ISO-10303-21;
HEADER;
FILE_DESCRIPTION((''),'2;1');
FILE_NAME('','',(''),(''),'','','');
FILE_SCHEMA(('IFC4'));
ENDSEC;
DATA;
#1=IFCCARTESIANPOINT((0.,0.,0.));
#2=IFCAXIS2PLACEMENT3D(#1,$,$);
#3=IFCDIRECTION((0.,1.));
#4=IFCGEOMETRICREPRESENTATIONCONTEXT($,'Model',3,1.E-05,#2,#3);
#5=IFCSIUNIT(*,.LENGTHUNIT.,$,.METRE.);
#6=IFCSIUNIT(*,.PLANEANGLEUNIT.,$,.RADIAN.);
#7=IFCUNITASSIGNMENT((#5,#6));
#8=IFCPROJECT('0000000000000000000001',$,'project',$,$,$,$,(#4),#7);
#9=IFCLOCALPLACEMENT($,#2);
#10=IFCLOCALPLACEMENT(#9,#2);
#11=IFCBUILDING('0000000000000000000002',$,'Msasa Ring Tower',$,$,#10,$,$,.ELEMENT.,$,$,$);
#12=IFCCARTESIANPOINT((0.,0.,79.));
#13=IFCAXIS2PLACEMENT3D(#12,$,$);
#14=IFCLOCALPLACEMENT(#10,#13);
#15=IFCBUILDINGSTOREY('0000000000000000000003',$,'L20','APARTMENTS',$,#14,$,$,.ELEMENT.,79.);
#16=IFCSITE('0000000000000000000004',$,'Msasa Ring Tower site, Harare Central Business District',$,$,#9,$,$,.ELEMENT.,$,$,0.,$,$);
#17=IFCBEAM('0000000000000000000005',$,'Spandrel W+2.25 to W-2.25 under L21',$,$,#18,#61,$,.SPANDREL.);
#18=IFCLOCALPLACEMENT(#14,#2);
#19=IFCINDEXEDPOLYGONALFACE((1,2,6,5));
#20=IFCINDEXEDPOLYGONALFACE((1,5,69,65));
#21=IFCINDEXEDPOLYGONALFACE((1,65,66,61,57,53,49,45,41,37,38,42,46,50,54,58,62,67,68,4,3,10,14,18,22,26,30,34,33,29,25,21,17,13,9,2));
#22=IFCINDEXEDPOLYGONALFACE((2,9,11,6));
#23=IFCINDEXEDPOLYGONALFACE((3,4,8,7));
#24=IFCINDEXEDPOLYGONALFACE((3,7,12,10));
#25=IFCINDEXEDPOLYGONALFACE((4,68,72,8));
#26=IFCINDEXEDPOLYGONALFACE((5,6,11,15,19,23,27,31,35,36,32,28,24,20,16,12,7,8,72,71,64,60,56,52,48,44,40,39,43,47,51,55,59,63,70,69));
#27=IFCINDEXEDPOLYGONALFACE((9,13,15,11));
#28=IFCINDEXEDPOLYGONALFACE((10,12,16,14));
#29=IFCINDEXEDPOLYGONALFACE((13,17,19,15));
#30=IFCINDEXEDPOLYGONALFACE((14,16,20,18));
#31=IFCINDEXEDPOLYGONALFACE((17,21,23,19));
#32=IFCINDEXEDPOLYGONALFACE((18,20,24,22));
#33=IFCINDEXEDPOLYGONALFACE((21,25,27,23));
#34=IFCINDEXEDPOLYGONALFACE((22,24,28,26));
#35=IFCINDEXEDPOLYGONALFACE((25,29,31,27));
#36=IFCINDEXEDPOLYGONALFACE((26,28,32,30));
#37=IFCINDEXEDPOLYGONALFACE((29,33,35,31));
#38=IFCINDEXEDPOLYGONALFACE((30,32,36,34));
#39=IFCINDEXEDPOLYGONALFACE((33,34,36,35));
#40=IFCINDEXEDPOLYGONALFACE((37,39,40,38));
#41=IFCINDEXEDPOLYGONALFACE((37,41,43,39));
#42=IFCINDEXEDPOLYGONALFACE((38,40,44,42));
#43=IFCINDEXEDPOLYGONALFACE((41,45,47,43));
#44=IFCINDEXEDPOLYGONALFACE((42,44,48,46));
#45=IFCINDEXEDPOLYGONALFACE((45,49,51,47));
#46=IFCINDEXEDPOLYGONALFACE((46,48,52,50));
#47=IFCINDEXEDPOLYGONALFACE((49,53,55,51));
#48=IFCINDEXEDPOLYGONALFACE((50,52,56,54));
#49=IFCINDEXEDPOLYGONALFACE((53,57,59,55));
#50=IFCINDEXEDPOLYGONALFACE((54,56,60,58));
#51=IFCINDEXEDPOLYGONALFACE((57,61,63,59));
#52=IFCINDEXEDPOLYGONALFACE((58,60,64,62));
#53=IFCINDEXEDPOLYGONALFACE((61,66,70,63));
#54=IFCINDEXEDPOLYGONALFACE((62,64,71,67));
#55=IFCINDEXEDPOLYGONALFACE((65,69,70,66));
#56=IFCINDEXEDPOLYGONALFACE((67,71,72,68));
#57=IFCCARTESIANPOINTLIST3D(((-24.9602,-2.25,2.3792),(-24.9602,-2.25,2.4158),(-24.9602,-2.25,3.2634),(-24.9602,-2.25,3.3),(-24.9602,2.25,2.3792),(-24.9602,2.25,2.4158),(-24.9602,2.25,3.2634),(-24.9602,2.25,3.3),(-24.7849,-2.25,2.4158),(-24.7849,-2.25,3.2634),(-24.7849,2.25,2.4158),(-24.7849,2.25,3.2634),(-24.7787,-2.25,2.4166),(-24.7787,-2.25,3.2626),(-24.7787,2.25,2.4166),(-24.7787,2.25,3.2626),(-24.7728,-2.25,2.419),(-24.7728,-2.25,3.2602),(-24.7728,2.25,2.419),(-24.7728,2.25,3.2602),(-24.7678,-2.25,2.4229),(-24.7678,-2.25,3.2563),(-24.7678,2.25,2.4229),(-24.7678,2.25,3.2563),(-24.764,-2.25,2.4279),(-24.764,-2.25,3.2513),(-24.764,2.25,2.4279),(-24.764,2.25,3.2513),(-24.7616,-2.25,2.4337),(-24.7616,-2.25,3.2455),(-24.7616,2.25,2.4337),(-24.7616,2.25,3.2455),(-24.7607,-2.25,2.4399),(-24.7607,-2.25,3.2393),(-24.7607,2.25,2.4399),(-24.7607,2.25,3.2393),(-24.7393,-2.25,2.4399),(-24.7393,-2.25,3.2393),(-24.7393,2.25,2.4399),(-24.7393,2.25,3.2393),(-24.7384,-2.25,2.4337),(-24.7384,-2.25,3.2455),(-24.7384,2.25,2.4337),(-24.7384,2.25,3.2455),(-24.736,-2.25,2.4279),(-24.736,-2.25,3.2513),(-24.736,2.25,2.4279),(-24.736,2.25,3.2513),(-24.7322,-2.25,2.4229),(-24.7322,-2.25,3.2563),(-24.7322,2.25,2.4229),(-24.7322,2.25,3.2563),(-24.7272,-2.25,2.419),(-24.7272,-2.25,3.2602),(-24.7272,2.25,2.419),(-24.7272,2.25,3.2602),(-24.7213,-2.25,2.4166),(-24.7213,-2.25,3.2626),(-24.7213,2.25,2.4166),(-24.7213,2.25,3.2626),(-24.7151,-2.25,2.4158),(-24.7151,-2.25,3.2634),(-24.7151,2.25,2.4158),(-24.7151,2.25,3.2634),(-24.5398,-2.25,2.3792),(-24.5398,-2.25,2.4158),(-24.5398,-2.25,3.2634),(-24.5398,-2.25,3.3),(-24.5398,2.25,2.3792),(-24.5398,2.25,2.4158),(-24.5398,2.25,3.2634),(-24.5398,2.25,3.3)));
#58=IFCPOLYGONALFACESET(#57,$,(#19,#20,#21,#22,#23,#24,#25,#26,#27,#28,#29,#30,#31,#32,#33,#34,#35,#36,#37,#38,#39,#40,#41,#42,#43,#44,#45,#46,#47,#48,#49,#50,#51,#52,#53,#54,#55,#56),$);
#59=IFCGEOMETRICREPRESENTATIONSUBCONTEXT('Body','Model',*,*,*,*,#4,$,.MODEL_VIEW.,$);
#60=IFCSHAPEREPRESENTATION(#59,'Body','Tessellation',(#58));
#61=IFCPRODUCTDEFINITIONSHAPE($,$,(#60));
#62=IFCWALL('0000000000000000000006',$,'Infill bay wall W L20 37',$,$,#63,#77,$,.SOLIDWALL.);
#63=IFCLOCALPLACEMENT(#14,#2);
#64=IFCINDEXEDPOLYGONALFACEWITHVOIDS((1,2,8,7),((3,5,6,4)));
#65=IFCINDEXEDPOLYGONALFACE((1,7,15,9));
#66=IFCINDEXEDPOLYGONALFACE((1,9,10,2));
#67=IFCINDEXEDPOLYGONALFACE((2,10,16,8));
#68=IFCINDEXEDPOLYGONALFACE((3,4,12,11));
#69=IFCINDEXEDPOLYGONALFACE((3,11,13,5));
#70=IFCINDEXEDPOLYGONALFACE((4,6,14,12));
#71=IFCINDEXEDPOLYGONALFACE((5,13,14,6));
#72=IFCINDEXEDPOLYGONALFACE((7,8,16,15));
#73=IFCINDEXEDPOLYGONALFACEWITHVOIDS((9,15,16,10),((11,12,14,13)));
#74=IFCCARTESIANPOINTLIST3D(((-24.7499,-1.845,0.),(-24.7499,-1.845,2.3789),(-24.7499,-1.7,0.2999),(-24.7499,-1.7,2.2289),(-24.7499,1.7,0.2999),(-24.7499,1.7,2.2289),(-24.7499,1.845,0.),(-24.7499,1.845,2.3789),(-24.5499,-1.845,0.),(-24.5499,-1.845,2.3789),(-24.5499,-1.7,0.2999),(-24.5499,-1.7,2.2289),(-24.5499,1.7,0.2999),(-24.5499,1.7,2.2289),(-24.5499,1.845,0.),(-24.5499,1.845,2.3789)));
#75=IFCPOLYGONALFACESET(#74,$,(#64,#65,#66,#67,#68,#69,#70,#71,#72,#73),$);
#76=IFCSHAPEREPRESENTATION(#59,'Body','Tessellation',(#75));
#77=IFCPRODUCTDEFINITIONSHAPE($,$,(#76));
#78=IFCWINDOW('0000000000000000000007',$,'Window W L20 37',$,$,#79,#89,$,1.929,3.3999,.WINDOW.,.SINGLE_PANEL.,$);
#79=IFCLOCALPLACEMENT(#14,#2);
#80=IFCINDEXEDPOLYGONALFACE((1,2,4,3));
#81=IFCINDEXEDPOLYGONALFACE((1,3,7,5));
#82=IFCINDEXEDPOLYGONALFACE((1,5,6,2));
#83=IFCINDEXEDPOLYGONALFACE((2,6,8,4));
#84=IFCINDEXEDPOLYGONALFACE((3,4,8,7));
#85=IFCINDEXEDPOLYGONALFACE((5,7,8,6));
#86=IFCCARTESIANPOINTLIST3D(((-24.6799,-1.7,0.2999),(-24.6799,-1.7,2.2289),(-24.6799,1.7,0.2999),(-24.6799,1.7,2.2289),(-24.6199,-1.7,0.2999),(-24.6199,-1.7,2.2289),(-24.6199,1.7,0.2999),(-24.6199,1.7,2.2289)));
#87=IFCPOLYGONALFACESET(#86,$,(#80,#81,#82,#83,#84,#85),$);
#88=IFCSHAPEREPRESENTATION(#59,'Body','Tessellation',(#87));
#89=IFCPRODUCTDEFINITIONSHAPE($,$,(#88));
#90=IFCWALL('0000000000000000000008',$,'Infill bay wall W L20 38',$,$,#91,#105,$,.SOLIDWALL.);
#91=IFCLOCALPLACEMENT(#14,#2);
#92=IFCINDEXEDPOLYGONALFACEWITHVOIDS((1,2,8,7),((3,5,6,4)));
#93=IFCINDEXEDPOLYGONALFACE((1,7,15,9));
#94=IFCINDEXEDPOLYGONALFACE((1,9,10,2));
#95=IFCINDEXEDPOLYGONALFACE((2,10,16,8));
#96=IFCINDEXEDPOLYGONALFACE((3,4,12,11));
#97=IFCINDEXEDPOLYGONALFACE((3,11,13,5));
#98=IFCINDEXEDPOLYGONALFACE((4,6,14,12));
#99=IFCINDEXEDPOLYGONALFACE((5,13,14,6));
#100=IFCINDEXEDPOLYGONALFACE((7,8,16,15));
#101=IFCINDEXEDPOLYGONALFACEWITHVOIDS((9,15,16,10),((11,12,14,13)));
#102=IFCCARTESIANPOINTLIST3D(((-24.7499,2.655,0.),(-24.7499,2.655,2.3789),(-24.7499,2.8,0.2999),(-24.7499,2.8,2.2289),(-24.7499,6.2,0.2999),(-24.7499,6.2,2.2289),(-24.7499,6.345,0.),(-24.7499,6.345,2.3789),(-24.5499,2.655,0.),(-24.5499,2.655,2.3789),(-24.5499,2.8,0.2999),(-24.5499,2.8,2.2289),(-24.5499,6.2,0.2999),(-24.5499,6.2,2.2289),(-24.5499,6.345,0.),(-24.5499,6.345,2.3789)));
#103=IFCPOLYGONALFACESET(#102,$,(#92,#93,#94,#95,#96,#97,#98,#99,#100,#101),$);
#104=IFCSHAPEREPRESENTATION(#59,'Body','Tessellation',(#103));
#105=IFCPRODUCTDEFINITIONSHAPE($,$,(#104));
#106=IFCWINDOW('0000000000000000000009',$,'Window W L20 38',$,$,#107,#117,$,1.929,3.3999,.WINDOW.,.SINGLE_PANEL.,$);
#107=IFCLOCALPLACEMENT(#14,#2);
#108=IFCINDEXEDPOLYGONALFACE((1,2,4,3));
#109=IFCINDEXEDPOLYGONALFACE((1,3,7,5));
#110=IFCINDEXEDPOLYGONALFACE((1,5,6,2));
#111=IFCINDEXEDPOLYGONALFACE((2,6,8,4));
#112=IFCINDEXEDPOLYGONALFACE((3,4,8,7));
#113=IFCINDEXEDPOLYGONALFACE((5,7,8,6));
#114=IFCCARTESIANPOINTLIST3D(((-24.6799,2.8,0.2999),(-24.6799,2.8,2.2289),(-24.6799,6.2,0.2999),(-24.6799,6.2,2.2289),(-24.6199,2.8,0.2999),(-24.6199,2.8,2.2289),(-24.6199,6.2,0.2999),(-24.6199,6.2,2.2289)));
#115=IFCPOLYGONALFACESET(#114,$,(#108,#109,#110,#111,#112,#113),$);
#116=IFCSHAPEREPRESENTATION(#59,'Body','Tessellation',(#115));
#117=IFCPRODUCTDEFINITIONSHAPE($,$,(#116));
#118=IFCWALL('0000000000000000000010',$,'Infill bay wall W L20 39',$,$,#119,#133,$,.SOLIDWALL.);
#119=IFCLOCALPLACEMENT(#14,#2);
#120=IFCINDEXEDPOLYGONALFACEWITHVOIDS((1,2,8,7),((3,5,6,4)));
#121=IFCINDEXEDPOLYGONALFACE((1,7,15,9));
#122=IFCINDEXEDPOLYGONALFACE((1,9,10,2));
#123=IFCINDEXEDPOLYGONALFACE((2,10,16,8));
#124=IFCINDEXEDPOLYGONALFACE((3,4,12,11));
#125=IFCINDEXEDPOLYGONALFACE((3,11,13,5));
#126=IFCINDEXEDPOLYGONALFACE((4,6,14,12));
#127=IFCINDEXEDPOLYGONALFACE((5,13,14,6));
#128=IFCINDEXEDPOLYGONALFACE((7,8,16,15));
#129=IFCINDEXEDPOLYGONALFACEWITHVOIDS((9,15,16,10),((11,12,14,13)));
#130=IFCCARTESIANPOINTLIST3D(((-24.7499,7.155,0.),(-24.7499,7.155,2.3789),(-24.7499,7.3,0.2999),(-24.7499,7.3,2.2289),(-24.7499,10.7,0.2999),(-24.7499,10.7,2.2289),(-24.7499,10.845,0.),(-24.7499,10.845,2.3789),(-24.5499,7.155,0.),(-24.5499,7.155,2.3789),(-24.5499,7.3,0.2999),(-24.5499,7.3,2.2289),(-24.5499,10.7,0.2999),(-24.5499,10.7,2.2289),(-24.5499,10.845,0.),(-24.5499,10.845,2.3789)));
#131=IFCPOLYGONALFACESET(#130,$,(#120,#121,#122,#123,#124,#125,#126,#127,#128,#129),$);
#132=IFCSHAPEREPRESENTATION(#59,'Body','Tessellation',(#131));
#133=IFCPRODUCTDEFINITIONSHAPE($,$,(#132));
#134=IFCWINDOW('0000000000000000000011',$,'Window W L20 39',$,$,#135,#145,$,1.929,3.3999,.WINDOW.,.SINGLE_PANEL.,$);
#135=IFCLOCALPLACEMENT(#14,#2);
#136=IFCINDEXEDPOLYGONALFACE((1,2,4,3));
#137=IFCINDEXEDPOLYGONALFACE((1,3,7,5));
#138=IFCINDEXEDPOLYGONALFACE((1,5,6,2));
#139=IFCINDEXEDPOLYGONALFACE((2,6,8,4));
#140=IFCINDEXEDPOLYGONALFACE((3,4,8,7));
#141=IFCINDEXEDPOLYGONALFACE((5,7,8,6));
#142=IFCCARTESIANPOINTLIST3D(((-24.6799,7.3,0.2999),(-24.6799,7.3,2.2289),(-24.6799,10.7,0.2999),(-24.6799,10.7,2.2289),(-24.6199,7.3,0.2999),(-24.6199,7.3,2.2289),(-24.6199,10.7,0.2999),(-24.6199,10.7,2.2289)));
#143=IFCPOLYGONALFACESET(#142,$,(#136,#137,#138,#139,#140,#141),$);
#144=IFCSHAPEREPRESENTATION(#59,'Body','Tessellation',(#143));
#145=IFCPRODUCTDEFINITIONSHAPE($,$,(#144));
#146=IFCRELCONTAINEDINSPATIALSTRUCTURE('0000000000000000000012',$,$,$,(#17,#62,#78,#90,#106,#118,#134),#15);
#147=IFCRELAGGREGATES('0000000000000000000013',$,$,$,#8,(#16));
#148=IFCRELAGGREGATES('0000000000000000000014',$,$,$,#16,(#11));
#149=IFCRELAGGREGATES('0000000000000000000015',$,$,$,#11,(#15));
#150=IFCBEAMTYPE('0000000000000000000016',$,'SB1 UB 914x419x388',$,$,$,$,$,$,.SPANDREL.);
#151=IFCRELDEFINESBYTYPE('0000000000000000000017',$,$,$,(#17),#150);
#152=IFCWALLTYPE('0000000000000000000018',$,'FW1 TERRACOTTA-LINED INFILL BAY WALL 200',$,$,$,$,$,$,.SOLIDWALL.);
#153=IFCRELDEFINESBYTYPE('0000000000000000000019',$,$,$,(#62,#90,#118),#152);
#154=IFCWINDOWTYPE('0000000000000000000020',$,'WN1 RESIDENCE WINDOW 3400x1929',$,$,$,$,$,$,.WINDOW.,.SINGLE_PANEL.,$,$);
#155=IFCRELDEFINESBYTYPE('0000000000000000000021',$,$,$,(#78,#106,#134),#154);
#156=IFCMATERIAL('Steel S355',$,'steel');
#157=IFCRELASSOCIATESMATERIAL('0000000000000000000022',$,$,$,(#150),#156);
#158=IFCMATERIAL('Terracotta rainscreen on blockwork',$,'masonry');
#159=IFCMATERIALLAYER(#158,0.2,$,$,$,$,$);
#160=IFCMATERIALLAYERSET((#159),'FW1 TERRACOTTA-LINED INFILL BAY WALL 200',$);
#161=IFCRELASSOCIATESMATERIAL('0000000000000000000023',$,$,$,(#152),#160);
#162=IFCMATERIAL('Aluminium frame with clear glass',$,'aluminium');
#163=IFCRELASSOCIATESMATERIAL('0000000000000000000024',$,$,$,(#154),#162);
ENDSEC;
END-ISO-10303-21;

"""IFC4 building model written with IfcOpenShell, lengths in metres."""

from ifc_helpers import new_model, si_unit, direction, frame, frame_2d, origin, origin_2d, place, context, subcontext, project, spatial, rectangle, i_section, extrude, material, layer, layer_set, material_profile, profile_set, type_object, element, fill, save


model = new_model("IFC4")

# Units and contexts
model_context = context("Model", 3, precision=1e-05, world=origin(), true_north=direction((0.0, 1.0)))
body_context = subcontext(model_context, "Body", "Model", "MODEL_VIEW")
ifc_project = project(units=[si_unit("LENGTHUNIT", "METRE"), si_unit("PLANEANGLEUNIT", "RADIAN")], contexts=[model_context])

# Site, building, storey
site_placement = place(None, origin())
site = spatial("IfcSite", under=ifc_project, at=site_placement, Name="Msasa Ring Tower site, Harare Central Business District", CompositionType="ELEMENT", RefElevation=0.0)
building_placement = place(site_placement, origin())
building = spatial("IfcBuilding", under=site, at=building_placement, Name="Msasa Ring Tower", CompositionType="ELEMENT")
storey_placement = place(building_placement, frame((0.0, 0.0, 79.0)))
storey = spatial("IfcBuildingStorey", under=building, at=storey_placement, Name="L20", Description="APARTMENTS", CompositionType="ELEMENT", Elevation=79.0)

# Beam
ifc_material_1 = material(Name="Steel S355", Category="steel")
ifc_material_profile_1 = material_profile(ifc_material_1, i_section(OverallWidth=0.4204, OverallDepth=0.9209, WebThickness=0.0215, FlangeThickness=0.0366, FilletRadius=0.0242, at=origin_2d()), Name="UB 914x419x388")
ifc_profile_set_1 = profile_set([ifc_material_profile_1], Name="Steel S355")
beam_type_1 = type_object("IfcBeamType", Name="SB1 UB 914x419x388", PredefinedType="SPANDREL", material=ifc_profile_set_1)
for number, where, z_axis, x_axis, name in (
    (1, (-24.75, 2.25, 2.8396), (0.0, -1.0, 0.0), (1.0, 0.0, 0.0), "Spandrel W+2.25 to W-2.25 under L21"),
):
    element("IfcBeam", number, at=place(storey_placement, frame(where, z_axis=z_axis, x_axis=x_axis)), inside=storey, type_object=beam_type_1, Name=name, PredefinedType="SPANDREL", context=body_context, shape_type="SweptSolid", body=[
        extrude(i_section(OverallWidth=0.4204, OverallDepth=0.9209, WebThickness=0.0215, FlangeThickness=0.0366, FilletRadius=0.0242, at=origin_2d()), origin(), (0.0, 0.0, 1.0), 4.5),
    ])

# Walls, openings, windows
ifc_material_2 = material(Name="Terracotta rainscreen on blockwork", Category="masonry")
ifc_layer_1 = layer(ifc_material_2, 0.2)
ifc_layer_set_1 = layer_set([ifc_layer_1], Name="FW1 TERRACOTTA-LINED INFILL BAY WALL 200")
wall_type_1 = type_object("IfcWallType", Name="FW1 TERRACOTTA-LINED INFILL BAY WALL 200", PredefinedType="SOLIDWALL", material=ifc_layer_set_1)
wall_1_placement = place(storey_placement, frame((-24.6499, -1.845, 0.0), z_axis=(0.0, 0.0, 1.0), x_axis=(0.0, 1.0, 0.0)))
wall_1 = element("IfcWall", 2, at=wall_1_placement, inside=storey, type_object=wall_type_1, Name="Infill bay wall W L20 37", PredefinedType="SOLIDWALL", context=body_context, shape_type="SweptSolid", body=[
    extrude(rectangle(XDim=3.6899, YDim=0.2, at=frame_2d((1.845, 0.0))), origin(), (0.0, 0.0, 1.0), 2.3789),
])
opening_1_placement = place(wall_1_placement, frame((0.145, 0.0, 0.3)))
opening_1 = element("IfcOpeningElement", 3, at=opening_1_placement, cuts=wall_1, PredefinedType="OPENING", context=body_context, shape_type="SweptSolid", body=[
    extrude(rectangle(XDim=3.3999, YDim=1.929, at=frame_2d((1.7, 0.9644))), frame((0.0, 0.1099, 0.0), z_axis=(0.0, -1.0, 0.0), x_axis=(1.0, 0.0, 0.0)), (0.0, 0.0, 1.0), 0.22),
])
ifc_material_3 = material(Name="Aluminium frame with clear glass", Category="aluminium")
window_type = type_object("IfcWindowType", Name="WN1 RESIDENCE WINDOW 3400x1929", PartitioningType="SINGLE_PANEL", PredefinedType="WINDOW", material=ifc_material_3)
window_1_placement = place(opening_1_placement, origin())
window_1 = element("IfcWindow", 4, at=window_1_placement, inside=storey, type_object=window_type, Name="Window W L20 37", OverallHeight=1.929, OverallWidth=3.3999, PartitioningType="SINGLE_PANEL", PredefinedType="WINDOW", context=body_context, shape_type="SweptSolid", body=[
    extrude(rectangle(XDim=3.3999, YDim=1.929, at=frame_2d((1.7, 0.9644))), frame((0.0, 0.03, 0.0), z_axis=(0.0, -1.0, 0.0), x_axis=(1.0, 0.0, 0.0)), (0.0, 0.0, 1.0), 0.0601),
])
fill(opening_1, window_1)
wall_2_placement = place(storey_placement, frame((-24.6499, 2.655, 0.0), z_axis=(0.0, 0.0, 1.0), x_axis=(0.0, 1.0, 0.0)))
wall_2 = element("IfcWall", 5, at=wall_2_placement, inside=storey, type_object=wall_type_1, Name="Infill bay wall W L20 38", PredefinedType="SOLIDWALL", context=body_context, shape_type="SweptSolid", body=[
    extrude(rectangle(XDim=3.6899, YDim=0.2, at=frame_2d((1.845, 0.0))), origin(), (0.0, 0.0, 1.0), 2.3789),
])
opening_2_placement = place(wall_2_placement, frame((0.145, 0.0, 0.3)))
opening_2 = element("IfcOpeningElement", 6, at=opening_2_placement, cuts=wall_2, PredefinedType="OPENING", context=body_context, shape_type="SweptSolid", body=[
    extrude(rectangle(XDim=3.3999, YDim=1.929, at=frame_2d((1.7, 0.9644))), frame((0.0, 0.1099, 0.0), z_axis=(0.0, -1.0, 0.0), x_axis=(1.0, 0.0, 0.0)), (0.0, 0.0, 1.0), 0.22),
])
window_2_placement = place(opening_2_placement, origin())
window_2 = element("IfcWindow", 7, at=window_2_placement, inside=storey, type_object=window_type, Name="Window W L20 38", OverallHeight=1.929, OverallWidth=3.3999, PartitioningType="SINGLE_PANEL", PredefinedType="WINDOW", context=body_context, shape_type="SweptSolid", body=[
    extrude(rectangle(XDim=3.3999, YDim=1.929, at=frame_2d((1.7, 0.9644))), frame((0.0, 0.03, 0.0), z_axis=(0.0, -1.0, 0.0), x_axis=(1.0, 0.0, 0.0)), (0.0, 0.0, 1.0), 0.0601),
])
fill(opening_2, window_2)
wall_3_placement = place(storey_placement, frame((-24.6499, 7.155, 0.0), z_axis=(0.0, 0.0, 1.0), x_axis=(0.0, 1.0, 0.0)))
wall_3 = element("IfcWall", 8, at=wall_3_placement, inside=storey, type_object=wall_type_1, Name="Infill bay wall W L20 39", PredefinedType="SOLIDWALL", context=body_context, shape_type="SweptSolid", body=[
    extrude(rectangle(XDim=3.6899, YDim=0.2, at=frame_2d((1.845, 0.0))), origin(), (0.0, 0.0, 1.0), 2.3789),
])
opening_3_placement = place(wall_3_placement, frame((0.145, 0.0, 0.3)))
opening_3 = element("IfcOpeningElement", 9, at=opening_3_placement, cuts=wall_3, PredefinedType="OPENING", context=body_context, shape_type="SweptSolid", body=[
    extrude(rectangle(XDim=3.3999, YDim=1.929, at=frame_2d((1.7, 0.9644))), frame((0.0, 0.1099, 0.0), z_axis=(0.0, -1.0, 0.0), x_axis=(1.0, 0.0, 0.0)), (0.0, 0.0, 1.0), 0.22),
])
window_3_placement = place(opening_3_placement, origin())
window_3 = element("IfcWindow", 10, at=window_3_placement, inside=storey, type_object=window_type, Name="Window W L20 39", OverallHeight=1.929, OverallWidth=3.3999, PartitioningType="SINGLE_PANEL", PredefinedType="WINDOW", context=body_context, shape_type="SweptSolid", body=[
    extrude(rectangle(XDim=3.3999, YDim=1.929, at=frame_2d((1.7, 0.9644))), frame((0.0, 0.03, 0.0), z_axis=(0.0, -1.0, 0.0), x_axis=(1.0, 0.0, 0.0)), (0.0, 0.0, 1.0), 0.0601),
])
fill(opening_3, window_3)

save(model, "model.ifc")
